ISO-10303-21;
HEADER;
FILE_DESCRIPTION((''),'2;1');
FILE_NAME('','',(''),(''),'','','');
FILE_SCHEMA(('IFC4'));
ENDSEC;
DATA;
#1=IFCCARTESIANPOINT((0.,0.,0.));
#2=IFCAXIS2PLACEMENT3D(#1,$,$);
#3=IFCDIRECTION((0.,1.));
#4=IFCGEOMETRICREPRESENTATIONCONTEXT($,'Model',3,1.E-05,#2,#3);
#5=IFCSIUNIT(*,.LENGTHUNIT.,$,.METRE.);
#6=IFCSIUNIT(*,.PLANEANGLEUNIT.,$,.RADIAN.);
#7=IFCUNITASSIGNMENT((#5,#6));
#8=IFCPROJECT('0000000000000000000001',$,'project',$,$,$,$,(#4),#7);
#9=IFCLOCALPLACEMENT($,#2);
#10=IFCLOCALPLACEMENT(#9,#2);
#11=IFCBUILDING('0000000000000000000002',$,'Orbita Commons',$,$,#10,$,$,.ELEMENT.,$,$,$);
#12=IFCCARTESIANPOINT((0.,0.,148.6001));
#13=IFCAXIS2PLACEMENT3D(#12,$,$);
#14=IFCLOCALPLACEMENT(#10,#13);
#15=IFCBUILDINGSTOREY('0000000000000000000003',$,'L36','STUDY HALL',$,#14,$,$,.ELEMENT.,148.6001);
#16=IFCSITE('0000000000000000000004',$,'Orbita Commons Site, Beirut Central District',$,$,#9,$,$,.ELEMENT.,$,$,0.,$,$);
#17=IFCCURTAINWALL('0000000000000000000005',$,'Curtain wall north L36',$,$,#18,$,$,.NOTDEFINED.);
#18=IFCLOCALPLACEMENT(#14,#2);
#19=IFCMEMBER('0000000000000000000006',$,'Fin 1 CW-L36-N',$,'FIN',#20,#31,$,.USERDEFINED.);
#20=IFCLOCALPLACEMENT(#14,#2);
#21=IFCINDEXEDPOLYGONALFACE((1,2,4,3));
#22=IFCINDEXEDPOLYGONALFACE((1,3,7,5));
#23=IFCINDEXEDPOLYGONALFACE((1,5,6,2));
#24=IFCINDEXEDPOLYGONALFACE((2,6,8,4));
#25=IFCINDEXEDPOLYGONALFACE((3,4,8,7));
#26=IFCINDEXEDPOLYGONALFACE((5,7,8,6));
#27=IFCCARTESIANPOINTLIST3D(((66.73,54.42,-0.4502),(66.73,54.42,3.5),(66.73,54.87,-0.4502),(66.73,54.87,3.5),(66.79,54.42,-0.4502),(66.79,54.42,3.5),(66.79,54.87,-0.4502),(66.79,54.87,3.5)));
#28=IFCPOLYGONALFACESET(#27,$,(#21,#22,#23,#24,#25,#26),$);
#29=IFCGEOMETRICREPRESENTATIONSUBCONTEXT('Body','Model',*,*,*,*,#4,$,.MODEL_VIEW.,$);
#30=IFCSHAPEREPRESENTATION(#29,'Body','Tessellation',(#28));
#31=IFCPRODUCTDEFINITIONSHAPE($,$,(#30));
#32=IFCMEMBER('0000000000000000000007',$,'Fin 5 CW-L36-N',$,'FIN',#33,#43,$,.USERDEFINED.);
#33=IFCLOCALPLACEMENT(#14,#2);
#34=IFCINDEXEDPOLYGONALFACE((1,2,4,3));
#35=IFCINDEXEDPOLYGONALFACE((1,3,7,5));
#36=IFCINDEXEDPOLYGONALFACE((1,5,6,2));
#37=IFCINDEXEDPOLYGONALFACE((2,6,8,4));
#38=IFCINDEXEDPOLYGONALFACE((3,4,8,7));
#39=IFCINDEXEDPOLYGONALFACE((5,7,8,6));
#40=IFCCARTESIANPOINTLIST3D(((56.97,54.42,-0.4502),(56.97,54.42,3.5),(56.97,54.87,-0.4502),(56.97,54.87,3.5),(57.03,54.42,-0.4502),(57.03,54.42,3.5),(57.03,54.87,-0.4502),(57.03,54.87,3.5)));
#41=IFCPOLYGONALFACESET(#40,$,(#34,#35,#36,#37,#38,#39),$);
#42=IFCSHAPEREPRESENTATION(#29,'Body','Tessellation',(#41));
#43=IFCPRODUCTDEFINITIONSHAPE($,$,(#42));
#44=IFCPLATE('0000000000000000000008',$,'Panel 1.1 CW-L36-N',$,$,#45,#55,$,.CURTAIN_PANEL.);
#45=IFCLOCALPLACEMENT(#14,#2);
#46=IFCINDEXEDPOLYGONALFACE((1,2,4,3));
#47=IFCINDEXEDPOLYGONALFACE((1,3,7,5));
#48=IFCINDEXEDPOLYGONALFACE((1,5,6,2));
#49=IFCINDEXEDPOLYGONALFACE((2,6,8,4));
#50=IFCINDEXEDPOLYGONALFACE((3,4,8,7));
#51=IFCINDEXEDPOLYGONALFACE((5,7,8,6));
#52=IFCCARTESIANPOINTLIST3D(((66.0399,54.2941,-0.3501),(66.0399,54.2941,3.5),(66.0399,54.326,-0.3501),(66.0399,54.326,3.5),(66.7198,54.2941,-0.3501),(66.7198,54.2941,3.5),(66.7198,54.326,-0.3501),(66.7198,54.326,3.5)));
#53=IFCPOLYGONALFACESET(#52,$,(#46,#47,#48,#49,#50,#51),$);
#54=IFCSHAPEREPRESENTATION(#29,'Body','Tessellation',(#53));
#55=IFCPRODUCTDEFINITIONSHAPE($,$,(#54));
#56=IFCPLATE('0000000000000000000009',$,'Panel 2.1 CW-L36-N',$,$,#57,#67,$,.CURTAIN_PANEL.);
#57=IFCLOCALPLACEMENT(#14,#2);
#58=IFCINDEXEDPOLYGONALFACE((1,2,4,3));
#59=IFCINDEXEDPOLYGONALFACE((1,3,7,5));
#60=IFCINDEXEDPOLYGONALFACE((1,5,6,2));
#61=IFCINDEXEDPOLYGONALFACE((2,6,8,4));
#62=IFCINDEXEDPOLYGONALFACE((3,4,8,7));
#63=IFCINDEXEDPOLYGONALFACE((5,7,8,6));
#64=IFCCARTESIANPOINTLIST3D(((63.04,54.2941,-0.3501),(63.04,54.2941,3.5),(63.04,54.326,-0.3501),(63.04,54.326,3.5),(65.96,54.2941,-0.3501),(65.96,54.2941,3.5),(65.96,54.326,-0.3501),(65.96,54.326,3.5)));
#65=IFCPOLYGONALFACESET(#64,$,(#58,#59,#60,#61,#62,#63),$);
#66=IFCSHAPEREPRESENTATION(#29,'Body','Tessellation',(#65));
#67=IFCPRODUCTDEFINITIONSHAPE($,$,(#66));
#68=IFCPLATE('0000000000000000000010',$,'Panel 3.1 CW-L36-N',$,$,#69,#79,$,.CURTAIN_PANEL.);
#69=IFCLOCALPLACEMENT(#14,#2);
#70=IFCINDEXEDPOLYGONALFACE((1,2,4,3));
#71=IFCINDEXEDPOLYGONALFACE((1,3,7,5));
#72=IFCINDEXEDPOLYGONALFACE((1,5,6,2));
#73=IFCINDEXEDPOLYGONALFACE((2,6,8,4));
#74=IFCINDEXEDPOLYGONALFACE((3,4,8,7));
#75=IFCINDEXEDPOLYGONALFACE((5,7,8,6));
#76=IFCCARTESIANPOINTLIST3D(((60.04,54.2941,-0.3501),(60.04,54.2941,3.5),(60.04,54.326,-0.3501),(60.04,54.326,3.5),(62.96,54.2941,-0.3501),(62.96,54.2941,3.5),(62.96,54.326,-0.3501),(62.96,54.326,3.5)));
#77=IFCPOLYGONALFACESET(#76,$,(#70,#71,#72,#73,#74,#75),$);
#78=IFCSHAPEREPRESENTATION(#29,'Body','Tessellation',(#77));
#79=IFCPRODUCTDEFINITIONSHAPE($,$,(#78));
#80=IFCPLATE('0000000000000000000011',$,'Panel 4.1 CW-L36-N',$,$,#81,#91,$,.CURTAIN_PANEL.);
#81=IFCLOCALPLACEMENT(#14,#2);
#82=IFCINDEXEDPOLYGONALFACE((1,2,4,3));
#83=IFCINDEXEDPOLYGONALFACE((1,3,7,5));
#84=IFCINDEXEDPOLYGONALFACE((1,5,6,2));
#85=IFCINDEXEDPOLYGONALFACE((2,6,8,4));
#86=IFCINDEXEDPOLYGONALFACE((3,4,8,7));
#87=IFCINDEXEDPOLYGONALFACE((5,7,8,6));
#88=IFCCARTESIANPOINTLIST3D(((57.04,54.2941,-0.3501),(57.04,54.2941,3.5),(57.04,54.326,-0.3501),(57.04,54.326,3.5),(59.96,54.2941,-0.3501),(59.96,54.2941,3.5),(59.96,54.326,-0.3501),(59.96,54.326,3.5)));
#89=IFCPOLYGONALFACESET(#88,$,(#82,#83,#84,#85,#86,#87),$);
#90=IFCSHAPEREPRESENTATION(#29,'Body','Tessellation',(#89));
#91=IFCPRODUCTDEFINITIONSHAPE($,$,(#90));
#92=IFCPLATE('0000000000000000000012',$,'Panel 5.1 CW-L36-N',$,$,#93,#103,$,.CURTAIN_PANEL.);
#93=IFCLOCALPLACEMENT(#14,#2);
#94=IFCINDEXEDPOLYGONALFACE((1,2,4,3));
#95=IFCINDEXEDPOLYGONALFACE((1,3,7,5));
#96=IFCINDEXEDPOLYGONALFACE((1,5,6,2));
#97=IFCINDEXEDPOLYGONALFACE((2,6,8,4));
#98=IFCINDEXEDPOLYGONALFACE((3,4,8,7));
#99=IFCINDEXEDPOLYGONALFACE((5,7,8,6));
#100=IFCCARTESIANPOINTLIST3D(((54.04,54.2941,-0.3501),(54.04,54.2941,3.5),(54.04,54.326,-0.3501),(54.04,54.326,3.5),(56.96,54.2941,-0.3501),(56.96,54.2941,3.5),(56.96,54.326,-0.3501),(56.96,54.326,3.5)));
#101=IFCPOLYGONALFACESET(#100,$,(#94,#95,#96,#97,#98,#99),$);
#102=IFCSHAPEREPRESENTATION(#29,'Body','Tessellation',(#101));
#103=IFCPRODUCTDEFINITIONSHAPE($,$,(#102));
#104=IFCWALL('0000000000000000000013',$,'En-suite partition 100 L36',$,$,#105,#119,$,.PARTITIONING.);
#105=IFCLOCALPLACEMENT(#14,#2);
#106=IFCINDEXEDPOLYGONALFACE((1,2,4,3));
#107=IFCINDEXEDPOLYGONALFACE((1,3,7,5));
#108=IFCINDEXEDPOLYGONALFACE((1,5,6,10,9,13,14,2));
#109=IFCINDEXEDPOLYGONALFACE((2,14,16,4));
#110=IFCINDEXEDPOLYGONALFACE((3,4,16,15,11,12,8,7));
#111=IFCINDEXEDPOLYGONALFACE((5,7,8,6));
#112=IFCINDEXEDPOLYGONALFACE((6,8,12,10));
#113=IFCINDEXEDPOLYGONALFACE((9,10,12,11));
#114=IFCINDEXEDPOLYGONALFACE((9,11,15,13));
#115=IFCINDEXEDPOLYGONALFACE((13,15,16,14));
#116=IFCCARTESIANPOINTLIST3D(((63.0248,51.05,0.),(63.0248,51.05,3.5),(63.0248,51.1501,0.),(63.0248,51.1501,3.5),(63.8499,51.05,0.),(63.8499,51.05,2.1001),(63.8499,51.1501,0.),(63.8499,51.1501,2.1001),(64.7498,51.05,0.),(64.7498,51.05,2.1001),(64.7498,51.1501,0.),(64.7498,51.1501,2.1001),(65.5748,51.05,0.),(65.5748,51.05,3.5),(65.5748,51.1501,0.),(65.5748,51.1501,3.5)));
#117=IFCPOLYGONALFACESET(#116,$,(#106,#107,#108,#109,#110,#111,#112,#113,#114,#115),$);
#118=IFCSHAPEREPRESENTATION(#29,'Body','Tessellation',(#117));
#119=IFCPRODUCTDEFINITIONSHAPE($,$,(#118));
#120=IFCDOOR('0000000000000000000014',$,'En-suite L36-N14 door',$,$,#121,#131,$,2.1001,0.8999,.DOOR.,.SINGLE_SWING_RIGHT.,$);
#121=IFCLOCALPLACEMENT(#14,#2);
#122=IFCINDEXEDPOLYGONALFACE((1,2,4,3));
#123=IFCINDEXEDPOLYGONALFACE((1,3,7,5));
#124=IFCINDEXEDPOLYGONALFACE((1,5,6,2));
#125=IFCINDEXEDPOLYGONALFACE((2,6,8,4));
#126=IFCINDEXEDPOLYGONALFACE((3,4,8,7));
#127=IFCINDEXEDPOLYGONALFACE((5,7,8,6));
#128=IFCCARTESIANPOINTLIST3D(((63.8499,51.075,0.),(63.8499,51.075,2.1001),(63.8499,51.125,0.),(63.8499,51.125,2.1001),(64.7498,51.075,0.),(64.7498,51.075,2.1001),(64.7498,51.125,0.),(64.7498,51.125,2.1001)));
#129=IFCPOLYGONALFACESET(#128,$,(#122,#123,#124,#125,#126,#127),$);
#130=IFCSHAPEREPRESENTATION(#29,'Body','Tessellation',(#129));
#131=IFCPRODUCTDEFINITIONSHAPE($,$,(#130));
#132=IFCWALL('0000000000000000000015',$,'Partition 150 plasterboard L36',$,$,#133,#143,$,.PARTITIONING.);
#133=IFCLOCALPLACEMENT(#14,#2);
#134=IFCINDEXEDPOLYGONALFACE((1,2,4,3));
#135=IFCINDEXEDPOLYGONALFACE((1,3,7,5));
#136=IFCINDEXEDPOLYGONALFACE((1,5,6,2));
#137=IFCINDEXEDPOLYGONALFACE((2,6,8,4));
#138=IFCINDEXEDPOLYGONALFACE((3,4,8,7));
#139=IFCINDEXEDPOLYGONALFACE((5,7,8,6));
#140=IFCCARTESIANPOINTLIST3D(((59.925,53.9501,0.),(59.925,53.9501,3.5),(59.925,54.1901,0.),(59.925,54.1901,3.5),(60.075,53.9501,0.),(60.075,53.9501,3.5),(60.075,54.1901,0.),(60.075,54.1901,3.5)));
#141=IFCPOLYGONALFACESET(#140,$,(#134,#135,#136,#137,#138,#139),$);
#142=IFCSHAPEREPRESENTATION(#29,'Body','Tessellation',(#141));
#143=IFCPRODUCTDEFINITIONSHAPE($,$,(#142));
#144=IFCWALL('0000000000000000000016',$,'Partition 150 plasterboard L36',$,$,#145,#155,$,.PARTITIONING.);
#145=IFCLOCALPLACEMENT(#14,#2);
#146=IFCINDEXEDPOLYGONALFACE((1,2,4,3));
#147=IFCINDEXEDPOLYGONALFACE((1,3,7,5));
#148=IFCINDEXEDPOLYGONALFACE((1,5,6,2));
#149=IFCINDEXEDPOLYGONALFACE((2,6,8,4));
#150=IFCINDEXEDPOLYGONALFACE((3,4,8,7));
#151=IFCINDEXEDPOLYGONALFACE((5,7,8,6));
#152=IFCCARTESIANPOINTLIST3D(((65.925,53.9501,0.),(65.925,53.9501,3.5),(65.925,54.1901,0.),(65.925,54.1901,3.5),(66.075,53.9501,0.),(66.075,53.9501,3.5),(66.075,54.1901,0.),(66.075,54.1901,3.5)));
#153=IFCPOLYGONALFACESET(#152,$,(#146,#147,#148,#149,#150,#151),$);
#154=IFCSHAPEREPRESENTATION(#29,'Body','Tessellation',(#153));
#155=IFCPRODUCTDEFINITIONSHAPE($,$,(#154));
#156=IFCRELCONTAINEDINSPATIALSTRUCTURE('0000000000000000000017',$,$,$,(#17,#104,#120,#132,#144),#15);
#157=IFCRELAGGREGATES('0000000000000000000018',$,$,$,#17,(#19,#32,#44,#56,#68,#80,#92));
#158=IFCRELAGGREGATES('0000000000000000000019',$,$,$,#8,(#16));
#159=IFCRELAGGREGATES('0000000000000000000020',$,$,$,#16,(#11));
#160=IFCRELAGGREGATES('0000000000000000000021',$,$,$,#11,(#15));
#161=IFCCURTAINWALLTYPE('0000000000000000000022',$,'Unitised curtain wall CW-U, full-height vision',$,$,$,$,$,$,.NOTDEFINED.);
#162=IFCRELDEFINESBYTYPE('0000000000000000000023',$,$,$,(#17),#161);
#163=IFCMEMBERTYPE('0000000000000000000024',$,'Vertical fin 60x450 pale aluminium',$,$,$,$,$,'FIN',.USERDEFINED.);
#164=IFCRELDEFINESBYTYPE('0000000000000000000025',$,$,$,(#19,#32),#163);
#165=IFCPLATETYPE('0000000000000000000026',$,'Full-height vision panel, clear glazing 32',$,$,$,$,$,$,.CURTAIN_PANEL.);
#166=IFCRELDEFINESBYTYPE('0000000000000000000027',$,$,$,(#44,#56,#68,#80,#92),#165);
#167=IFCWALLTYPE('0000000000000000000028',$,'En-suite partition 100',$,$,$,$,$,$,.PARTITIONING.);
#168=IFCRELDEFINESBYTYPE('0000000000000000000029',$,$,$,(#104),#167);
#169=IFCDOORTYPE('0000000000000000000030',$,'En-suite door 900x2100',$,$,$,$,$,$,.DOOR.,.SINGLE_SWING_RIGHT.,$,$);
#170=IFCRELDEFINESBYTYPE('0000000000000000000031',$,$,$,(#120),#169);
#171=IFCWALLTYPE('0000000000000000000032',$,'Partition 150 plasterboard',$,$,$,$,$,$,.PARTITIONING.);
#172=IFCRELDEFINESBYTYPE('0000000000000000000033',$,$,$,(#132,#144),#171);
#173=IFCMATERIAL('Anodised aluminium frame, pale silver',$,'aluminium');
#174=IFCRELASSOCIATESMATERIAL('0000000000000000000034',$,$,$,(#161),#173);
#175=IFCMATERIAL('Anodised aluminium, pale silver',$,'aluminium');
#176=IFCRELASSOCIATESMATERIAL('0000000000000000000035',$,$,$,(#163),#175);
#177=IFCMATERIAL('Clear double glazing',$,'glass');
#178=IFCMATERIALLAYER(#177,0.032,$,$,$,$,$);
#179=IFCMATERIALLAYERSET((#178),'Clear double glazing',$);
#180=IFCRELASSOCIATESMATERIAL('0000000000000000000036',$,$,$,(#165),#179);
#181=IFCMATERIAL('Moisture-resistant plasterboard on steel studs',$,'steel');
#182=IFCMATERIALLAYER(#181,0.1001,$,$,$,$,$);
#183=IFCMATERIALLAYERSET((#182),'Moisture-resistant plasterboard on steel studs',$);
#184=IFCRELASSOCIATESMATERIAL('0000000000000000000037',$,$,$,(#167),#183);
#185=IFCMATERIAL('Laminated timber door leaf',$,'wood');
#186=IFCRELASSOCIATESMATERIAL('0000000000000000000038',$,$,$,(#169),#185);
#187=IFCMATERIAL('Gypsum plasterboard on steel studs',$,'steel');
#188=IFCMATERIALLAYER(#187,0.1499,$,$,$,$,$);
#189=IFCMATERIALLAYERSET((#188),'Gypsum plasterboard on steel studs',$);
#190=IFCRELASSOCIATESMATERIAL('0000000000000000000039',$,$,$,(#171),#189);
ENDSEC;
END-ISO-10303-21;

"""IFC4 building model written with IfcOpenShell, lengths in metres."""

from ifc_helpers import new_model, si_unit, direction, frame, frame_2d, origin, origin_2d, place, context, subcontext, project, spatial, rectangle, extrude, material, layer, layer_set, material_profile, profile_set, type_object, element, fill, aggregate, save


model = new_model("IFC4")

# Units and contexts
model_context = context("Model", 3, precision=1e-05, world=origin(), true_north=direction((0.0, 1.0)))
body_context = subcontext(model_context, "Body", "Model", "MODEL_VIEW")
ifc_project = project(units=[si_unit("LENGTHUNIT", "METRE"), si_unit("PLANEANGLEUNIT", "RADIAN")], contexts=[model_context])

# Site, building, storey
site_placement = place(None, origin())
site = spatial("IfcSite", under=ifc_project, at=site_placement, Name="Orbita Commons Site, Beirut Central District", CompositionType="ELEMENT", RefElevation=0.0)
building_placement = place(site_placement, origin())
building = spatial("IfcBuilding", under=site, at=building_placement, Name="Orbita Commons", CompositionType="ELEMENT")
storey_placement = place(building_placement, frame((0.0, 0.0, 148.6001)))
storey = spatial("IfcBuildingStorey", under=building, at=storey_placement, Name="L36", Description="STUDY HALL", CompositionType="ELEMENT", Elevation=148.6001)

# Curtain wall
ifc_material_1 = material(Name="Anodised aluminium frame, pale silver", Category="aluminium")
curtain_wall_type = type_object("IfcCurtainWallType", Name="Unitised curtain wall CW-U, full-height vision", PredefinedType="NOTDEFINED", material=ifc_material_1)
curtain_wall_placement = place(storey_placement, origin())
curtain_wall = element("IfcCurtainWall", 1, at=curtain_wall_placement, inside=storey, type_object=curtain_wall_type, Name="Curtain wall north L36", PredefinedType="NOTDEFINED")

# Members
ifc_material_2 = material(Name="Anodised aluminium, pale silver", Category="aluminium")
ifc_material_profile_1 = material_profile(ifc_material_2, rectangle(XDim=0.0601, YDim=0.45, at=origin_2d()), Name="FIN 60x450")
ifc_profile_set_1 = profile_set([ifc_material_profile_1], Name="Anodised aluminium, pale silver")
member_type_1 = type_object("IfcMemberType", Name="Vertical fin 60x450 pale aluminium", ElementType="FIN", PredefinedType="USERDEFINED", material=ifc_profile_set_1)
member_1_placement = place(storey_placement, frame((66.76, 54.645, -0.4502), z_axis=(0.0, 0.0, 1.0), x_axis=(-1.0, 0.0, 0.0)))
member_1 = element("IfcMember", 2, at=member_1_placement, type_object=member_type_1, Name="Fin 1 CW-L36-N", ObjectType="FIN", PredefinedType="USERDEFINED", context=body_context, shape_type="SweptSolid", body=[
    extrude(rectangle(XDim=0.0601, YDim=0.45, at=origin_2d()), origin(), (0.0, 0.0, 1.0), 3.9502),
])
member_2_placement = place(storey_placement, frame((57.0, 54.645, -0.4502), z_axis=(0.0, 0.0, 1.0), x_axis=(-1.0, 0.0, 0.0)))
member_2 = element("IfcMember", 3, at=member_2_placement, type_object=member_type_1, Name="Fin 5 CW-L36-N", ObjectType="FIN", PredefinedType="USERDEFINED", context=body_context, shape_type="SweptSolid", body=[
    extrude(rectangle(XDim=0.0601, YDim=0.45, at=origin_2d()), origin(), (0.0, 0.0, 1.0), 3.9502),
])

# Plates
ifc_material_3 = material(Name="Clear double glazing", Category="glass")
ifc_layer_1 = layer(ifc_material_3, 0.032)
ifc_layer_set_1 = layer_set([ifc_layer_1], Name="Clear double glazing")
plate_type = type_object("IfcPlateType", Name="Full-height vision panel, clear glazing 32", PredefinedType="CURTAIN_PANEL", material=ifc_layer_set_1)
plate_1_placement = place(storey_placement, frame((66.3799, 54.3101, -0.3501), z_axis=(0.0, 0.0, 1.0), x_axis=(-1.0, 0.0, 0.0)))
plate_1 = element("IfcPlate", 4, at=plate_1_placement, type_object=plate_type, Name="Panel 1.1 CW-L36-N", PredefinedType="CURTAIN_PANEL", context=body_context, shape_type="SweptSolid", body=[
    extrude(rectangle(XDim=0.6799, YDim=0.032, at=origin_2d()), origin(), (0.0, 0.0, 1.0), 3.8501),
])
plate_2_placement = place(storey_placement, frame((64.5, 54.3101, -0.3501), z_axis=(0.0, 0.0, 1.0), x_axis=(-1.0, 0.0, 0.0)))
plate_2 = element("IfcPlate", 5, at=plate_2_placement, type_object=plate_type, Name="Panel 2.1 CW-L36-N", PredefinedType="CURTAIN_PANEL", context=body_context, shape_type="SweptSolid", body=[
    extrude(rectangle(XDim=2.9199, YDim=0.032, at=origin_2d()), origin(), (0.0, 0.0, 1.0), 3.8501),
])
plate_3_placement = place(storey_placement, frame((61.5, 54.3101, -0.3501), z_axis=(0.0, 0.0, 1.0), x_axis=(-1.0, 0.0, 0.0)))
plate_3 = element("IfcPlate", 6, at=plate_3_placement, type_object=plate_type, Name="Panel 3.1 CW-L36-N", PredefinedType="CURTAIN_PANEL", context=body_context, shape_type="SweptSolid", body=[
    extrude(rectangle(XDim=2.9199, YDim=0.032, at=origin_2d()), origin(), (0.0, 0.0, 1.0), 3.8501),
])
plate_4_placement = place(storey_placement, frame((58.5, 54.3101, -0.3501), z_axis=(0.0, 0.0, 1.0), x_axis=(-1.0, 0.0, 0.0)))
plate_4 = element("IfcPlate", 7, at=plate_4_placement, type_object=plate_type, Name="Panel 4.1 CW-L36-N", PredefinedType="CURTAIN_PANEL", context=body_context, shape_type="SweptSolid", body=[
    extrude(rectangle(XDim=2.9199, YDim=0.032, at=origin_2d()), origin(), (0.0, 0.0, 1.0), 3.8501),
])
plate_5_placement = place(storey_placement, frame((55.5, 54.3101, -0.3501), z_axis=(0.0, 0.0, 1.0), x_axis=(-1.0, 0.0, 0.0)))
plate_5 = element("IfcPlate", 8, at=plate_5_placement, type_object=plate_type, Name="Panel 5.1 CW-L36-N", PredefinedType="CURTAIN_PANEL", context=body_context, shape_type="SweptSolid", body=[
    extrude(rectangle(XDim=2.9199, YDim=0.032, at=origin_2d()), origin(), (0.0, 0.0, 1.0), 3.8501),
])
aggregate(curtain_wall, [member_1, member_2, plate_1, plate_2, plate_3, plate_4, plate_5])

# Wall, opening, door
ifc_material_4 = material(Name="Moisture-resistant plasterboard on steel studs", Category="steel")
ifc_layer_2 = layer(ifc_material_4, 0.1001)
ifc_layer_set_2 = layer_set([ifc_layer_2], Name="Moisture-resistant plasterboard on steel studs")
wall_type_1 = type_object("IfcWallType", Name="En-suite partition 100", PredefinedType="PARTITIONING", material=ifc_layer_set_2)
wall_1_placement = place(storey_placement, frame((63.0249, 51.1001, 0.0), z_axis=(0.0, 0.0, 1.0), x_axis=(1.0, 0.0, 0.0)))
wall_1 = element("IfcWall", 9, at=wall_1_placement, inside=storey, type_object=wall_type_1, Name="En-suite partition 100 L36", PredefinedType="PARTITIONING", context=body_context, shape_type="SweptSolid", body=[
    extrude(rectangle(XDim=2.55, YDim=0.1001, at=frame_2d((1.2749, 0.0))), origin(), (0.0, 0.0, 1.0), 3.5),
])
opening_1_placement = place(wall_1_placement, frame((0.825, 0.0, 0.0)))
opening_1 = element("IfcOpeningElement", 10, at=opening_1_placement, cuts=wall_1, PredefinedType="OPENING", context=body_context, shape_type="SweptSolid", body=[
    extrude(rectangle(XDim=0.8999, YDim=2.1001, at=frame_2d((0.45, 1.05))), frame((0.0, 0.0601, 0.0), z_axis=(0.0, -1.0, 0.0), x_axis=(1.0, 0.0, 0.0)), (0.0, 0.0, 1.0), 0.1201),
])
ifc_material_5 = material(Name="Laminated timber door leaf", Category="wood")
door_type = type_object("IfcDoorType", Name="En-suite door 900x2100", OperationType="SINGLE_SWING_RIGHT", PredefinedType="DOOR", material=ifc_material_5)
door_placement = place(opening_1_placement, origin())
door = element("IfcDoor", 11, at=door_placement, inside=storey, type_object=door_type, Name="En-suite L36-N14 door", OperationType="SINGLE_SWING_RIGHT", OverallHeight=2.1001, OverallWidth=0.8999, PredefinedType="DOOR", context=body_context, shape_type="SweptSolid", body=[
    extrude(rectangle(XDim=0.8999, YDim=2.1001, at=frame_2d((0.45, 1.05))), frame((0.0, 0.0249, 0.0), z_axis=(0.0, -1.0, 0.0), x_axis=(1.0, 0.0, 0.0)), (0.0, 0.0, 1.0), 0.05),
])
fill(opening_1, door)

# Walls
ifc_material_6 = material(Name="Gypsum plasterboard on steel studs", Category="steel")
ifc_layer_3 = layer(ifc_material_6, 0.1499)
ifc_layer_set_3 = layer_set([ifc_layer_3], Name="Gypsum plasterboard on steel studs")
wall_type_2 = type_object("IfcWallType", Name="Partition 150 plasterboard", PredefinedType="PARTITIONING", material=ifc_layer_set_3)
for number, where, z_axis, x_axis, name in (
    (12, (60.0, 53.95, 0.0), (0.0, 0.0, 1.0), (0.0, 1.0, 0.0), "Partition 150 plasterboard L36"),
    (13, (66.0, 53.95, 0.0), (0.0, 0.0, 1.0), (0.0, 1.0, 0.0), "Partition 150 plasterboard L36"),
):
    element("IfcWall", number, at=place(storey_placement, frame(where, z_axis=z_axis, x_axis=x_axis)), inside=storey, type_object=wall_type_2, Name=name, PredefinedType="PARTITIONING", context=body_context, shape_type="SweptSolid", body=[
        extrude(rectangle(XDim=0.24, YDim=0.1499, at=frame_2d((0.1201, 0.0))), origin(), (0.0, 0.0, 1.0), 3.5),
    ])

save(model, "model.ifc")
